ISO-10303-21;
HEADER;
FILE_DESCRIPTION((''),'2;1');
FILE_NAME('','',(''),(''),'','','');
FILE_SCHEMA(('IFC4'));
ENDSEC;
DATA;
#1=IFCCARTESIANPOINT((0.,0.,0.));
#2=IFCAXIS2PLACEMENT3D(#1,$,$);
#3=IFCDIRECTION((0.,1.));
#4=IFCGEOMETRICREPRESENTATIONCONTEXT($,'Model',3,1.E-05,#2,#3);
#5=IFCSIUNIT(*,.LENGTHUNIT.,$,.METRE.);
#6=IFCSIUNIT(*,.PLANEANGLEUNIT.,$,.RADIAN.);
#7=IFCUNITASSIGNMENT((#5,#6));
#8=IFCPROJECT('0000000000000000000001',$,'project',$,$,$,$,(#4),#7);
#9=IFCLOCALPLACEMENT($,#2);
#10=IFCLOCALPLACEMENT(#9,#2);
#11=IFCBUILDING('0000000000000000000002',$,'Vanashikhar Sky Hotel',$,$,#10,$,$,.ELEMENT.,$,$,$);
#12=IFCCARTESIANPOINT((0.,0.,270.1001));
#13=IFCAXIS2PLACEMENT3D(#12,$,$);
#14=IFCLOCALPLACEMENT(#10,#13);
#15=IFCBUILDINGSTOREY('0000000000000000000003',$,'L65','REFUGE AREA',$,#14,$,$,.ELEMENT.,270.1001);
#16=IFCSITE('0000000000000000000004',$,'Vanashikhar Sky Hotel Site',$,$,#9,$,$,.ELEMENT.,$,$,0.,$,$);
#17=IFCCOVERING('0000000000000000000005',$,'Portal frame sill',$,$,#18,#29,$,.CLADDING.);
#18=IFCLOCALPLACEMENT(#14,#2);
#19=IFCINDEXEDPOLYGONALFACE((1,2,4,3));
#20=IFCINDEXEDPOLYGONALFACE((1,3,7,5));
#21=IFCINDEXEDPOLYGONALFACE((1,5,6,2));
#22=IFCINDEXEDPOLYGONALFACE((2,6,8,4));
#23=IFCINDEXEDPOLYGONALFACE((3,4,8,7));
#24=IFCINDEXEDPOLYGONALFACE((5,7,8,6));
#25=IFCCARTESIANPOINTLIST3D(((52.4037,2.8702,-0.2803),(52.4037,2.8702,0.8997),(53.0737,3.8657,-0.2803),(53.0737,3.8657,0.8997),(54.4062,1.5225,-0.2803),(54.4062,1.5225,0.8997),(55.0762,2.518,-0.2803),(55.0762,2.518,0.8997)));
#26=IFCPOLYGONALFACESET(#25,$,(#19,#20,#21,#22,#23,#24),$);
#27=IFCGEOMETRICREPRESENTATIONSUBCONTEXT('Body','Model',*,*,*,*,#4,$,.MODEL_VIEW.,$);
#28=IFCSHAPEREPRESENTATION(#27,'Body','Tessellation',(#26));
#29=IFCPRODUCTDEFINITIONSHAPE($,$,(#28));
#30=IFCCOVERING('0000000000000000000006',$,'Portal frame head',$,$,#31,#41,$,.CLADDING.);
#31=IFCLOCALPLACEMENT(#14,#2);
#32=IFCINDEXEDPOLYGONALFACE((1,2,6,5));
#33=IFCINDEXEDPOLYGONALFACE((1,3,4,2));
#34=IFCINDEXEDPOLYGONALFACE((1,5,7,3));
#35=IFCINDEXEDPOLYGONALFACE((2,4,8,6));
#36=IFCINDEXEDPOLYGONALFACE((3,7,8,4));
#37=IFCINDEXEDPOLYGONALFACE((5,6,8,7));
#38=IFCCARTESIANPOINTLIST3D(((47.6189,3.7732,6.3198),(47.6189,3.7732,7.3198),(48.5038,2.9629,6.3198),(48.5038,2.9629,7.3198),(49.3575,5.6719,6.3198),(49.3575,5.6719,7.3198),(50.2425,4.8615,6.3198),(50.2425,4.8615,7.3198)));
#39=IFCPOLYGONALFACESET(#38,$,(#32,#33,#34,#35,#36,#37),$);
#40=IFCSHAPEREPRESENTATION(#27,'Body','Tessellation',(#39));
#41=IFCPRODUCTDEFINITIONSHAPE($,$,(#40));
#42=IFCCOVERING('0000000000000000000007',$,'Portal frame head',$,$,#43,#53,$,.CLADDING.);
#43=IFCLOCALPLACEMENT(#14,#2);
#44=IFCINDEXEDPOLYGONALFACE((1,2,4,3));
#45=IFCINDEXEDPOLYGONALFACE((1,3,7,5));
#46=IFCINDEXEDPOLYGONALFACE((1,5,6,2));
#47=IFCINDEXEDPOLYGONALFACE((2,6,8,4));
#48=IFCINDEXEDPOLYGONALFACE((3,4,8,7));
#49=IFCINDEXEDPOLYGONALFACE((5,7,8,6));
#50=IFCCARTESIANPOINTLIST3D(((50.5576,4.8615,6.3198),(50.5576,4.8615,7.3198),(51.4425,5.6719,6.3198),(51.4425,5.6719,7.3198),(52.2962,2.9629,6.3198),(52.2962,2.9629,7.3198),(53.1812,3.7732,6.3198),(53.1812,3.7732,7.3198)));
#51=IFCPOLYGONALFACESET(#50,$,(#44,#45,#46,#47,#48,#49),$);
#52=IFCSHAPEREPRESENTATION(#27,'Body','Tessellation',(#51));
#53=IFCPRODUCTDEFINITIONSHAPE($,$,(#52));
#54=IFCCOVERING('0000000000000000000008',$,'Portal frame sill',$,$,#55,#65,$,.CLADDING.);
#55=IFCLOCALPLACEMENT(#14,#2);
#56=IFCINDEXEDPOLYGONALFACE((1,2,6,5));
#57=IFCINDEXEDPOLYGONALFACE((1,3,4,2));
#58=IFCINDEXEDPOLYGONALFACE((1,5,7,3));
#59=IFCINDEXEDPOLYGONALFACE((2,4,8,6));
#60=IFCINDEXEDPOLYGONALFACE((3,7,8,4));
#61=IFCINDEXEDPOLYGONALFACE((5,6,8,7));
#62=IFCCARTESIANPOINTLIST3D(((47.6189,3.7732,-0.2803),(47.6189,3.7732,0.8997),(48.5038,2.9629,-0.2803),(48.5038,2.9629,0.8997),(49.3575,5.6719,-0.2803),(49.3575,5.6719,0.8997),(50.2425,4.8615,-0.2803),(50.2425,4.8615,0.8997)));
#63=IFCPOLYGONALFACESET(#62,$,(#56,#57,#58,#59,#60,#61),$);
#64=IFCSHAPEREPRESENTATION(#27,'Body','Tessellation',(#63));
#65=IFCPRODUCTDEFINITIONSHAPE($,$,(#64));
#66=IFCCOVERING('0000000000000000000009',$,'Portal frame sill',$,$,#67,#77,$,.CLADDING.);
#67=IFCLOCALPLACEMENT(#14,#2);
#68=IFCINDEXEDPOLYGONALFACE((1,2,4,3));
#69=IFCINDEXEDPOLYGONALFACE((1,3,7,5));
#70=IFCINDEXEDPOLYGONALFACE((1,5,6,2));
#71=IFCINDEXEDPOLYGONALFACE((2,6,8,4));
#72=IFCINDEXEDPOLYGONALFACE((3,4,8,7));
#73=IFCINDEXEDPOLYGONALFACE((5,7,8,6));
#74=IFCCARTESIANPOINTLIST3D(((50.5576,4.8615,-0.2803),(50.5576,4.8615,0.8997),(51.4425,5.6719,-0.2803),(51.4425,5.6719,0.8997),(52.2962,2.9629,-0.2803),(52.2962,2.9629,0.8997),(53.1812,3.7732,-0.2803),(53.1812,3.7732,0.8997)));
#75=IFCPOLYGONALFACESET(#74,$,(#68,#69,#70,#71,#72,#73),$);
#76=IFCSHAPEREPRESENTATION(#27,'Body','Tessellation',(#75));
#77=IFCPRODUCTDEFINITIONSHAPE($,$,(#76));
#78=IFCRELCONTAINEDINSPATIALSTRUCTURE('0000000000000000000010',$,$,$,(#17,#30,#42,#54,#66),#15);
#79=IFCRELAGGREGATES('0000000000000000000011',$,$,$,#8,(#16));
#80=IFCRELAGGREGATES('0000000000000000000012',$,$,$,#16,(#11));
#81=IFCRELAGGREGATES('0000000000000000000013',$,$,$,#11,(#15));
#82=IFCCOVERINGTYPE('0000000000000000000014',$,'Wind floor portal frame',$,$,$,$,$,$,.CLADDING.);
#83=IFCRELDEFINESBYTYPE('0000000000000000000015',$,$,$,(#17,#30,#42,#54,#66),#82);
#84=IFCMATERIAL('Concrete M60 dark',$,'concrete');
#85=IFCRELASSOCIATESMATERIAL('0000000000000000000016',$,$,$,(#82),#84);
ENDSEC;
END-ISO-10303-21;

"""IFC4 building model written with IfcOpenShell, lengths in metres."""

from ifc_helpers import new_model, si_unit, direction, frame, origin, origin_2d, place, context, subcontext, project, spatial, rectangle, extrude, source, transform, mapped, material, type_object, element, save


model = new_model("IFC4")

# Units and contexts
model_context = context("Model", 3, precision=1e-05, world=origin(), true_north=direction((0.0, 1.0)))
body_context = subcontext(model_context, "Body", "Model", "MODEL_VIEW")
ifc_project = project(units=[si_unit("LENGTHUNIT", "METRE"), si_unit("PLANEANGLEUNIT", "RADIAN")], contexts=[model_context])

# Site, building, storey
site_placement = place(None, origin())
site = spatial("IfcSite", under=ifc_project, at=site_placement, Name="Vanashikhar Sky Hotel Site", CompositionType="ELEMENT", RefElevation=0.0)
building_placement = place(site_placement, origin())
building = spatial("IfcBuilding", under=site, at=building_placement, Name="Vanashikhar Sky Hotel", CompositionType="ELEMENT")
storey_placement = place(building_placement, frame((0.0, 0.0, 270.1001)))
storey = spatial("IfcBuildingStorey", under=building, at=storey_placement, Name="L65", Description="REFUGE AREA", CompositionType="ELEMENT", Elevation=270.1001)

# Coverings
ifc_material_1 = material(Name="Concrete M60 dark", Category="concrete")
covering_type = type_object("IfcCoveringType", Name="Wind floor portal frame", PredefinedType="CLADDING", material=ifc_material_1)
shared_shape_1 = source(origin(), body_context, "Body", "SweptSolid", [
    extrude(rectangle(XDim=2.4138, YDim=1.2, at=origin_2d()), origin(), (0.0, 0.0, 1.0), 1.1799),
])
for number, where, z_axis, x_axis, name in (
    (1, (53.74, 2.6941, -0.2803), (0.0, 0.0, 1.0), (0.829603, -0.558353, 0.0), "Portal frame sill"),
):
    element("IfcCovering", number, at=place(storey_placement, frame(where, z_axis=z_axis, x_axis=x_axis)), inside=storey, type_object=covering_type, Name=name, PredefinedType="CLADDING", context=body_context, shape_type="MappedRepresentation", body=[
        mapped(shared_shape_1, transform((0.0, 0.0, 0.0), scale=1.0)),
    ])
shared_shape_2 = source(origin(), body_context, "Body", "SweptSolid", [
    extrude(rectangle(XDim=2.5745, YDim=1.2, at=origin_2d()), origin(), (0.0, 0.0, 1.0), 1.0),
])
for number, where, z_axis, x_axis, name in (
    (2, (48.9307, 4.3174, 6.3198), (0.0, 0.0, 1.0), (0.675346, 0.737501, 0.0), "Portal frame head"),
    (3, (51.8694, 4.3174, 6.3198), (0.0, 0.0, 1.0), (0.675346, -0.737501, 0.0), "Portal frame head"),
):
    element("IfcCovering", number, at=place(storey_placement, frame(where, z_axis=z_axis, x_axis=x_axis)), inside=storey, type_object=covering_type, Name=name, PredefinedType="CLADDING", context=body_context, shape_type="MappedRepresentation", body=[
        mapped(shared_shape_2, transform((0.0, 0.0, 0.0), scale=1.0)),
    ])
shared_shape_3 = source(origin(), body_context, "Body", "SweptSolid", [
    extrude(rectangle(XDim=2.5745, YDim=1.2, at=origin_2d()), origin(), (0.0, 0.0, 1.0), 1.1799),
])
for number, where, z_axis, x_axis, name in (
    (4, (48.9307, 4.3174, -0.2803), (0.0, 0.0, 1.0), (0.675346, 0.737501, 0.0), "Portal frame sill"),
    (5, (51.8694, 4.3174, -0.2803), (0.0, 0.0, 1.0), (0.675346, -0.737501, 0.0), "Portal frame sill"),
):
    element("IfcCovering", number, at=place(storey_placement, frame(where, z_axis=z_axis, x_axis=x_axis)), inside=storey, type_object=covering_type, Name=name, PredefinedType="CLADDING", context=body_context, shape_type="MappedRepresentation", body=[
        mapped(shared_shape_3, transform((0.0, 0.0, 0.0), scale=1.0)),
    ])

save(model, "model.ifc")
